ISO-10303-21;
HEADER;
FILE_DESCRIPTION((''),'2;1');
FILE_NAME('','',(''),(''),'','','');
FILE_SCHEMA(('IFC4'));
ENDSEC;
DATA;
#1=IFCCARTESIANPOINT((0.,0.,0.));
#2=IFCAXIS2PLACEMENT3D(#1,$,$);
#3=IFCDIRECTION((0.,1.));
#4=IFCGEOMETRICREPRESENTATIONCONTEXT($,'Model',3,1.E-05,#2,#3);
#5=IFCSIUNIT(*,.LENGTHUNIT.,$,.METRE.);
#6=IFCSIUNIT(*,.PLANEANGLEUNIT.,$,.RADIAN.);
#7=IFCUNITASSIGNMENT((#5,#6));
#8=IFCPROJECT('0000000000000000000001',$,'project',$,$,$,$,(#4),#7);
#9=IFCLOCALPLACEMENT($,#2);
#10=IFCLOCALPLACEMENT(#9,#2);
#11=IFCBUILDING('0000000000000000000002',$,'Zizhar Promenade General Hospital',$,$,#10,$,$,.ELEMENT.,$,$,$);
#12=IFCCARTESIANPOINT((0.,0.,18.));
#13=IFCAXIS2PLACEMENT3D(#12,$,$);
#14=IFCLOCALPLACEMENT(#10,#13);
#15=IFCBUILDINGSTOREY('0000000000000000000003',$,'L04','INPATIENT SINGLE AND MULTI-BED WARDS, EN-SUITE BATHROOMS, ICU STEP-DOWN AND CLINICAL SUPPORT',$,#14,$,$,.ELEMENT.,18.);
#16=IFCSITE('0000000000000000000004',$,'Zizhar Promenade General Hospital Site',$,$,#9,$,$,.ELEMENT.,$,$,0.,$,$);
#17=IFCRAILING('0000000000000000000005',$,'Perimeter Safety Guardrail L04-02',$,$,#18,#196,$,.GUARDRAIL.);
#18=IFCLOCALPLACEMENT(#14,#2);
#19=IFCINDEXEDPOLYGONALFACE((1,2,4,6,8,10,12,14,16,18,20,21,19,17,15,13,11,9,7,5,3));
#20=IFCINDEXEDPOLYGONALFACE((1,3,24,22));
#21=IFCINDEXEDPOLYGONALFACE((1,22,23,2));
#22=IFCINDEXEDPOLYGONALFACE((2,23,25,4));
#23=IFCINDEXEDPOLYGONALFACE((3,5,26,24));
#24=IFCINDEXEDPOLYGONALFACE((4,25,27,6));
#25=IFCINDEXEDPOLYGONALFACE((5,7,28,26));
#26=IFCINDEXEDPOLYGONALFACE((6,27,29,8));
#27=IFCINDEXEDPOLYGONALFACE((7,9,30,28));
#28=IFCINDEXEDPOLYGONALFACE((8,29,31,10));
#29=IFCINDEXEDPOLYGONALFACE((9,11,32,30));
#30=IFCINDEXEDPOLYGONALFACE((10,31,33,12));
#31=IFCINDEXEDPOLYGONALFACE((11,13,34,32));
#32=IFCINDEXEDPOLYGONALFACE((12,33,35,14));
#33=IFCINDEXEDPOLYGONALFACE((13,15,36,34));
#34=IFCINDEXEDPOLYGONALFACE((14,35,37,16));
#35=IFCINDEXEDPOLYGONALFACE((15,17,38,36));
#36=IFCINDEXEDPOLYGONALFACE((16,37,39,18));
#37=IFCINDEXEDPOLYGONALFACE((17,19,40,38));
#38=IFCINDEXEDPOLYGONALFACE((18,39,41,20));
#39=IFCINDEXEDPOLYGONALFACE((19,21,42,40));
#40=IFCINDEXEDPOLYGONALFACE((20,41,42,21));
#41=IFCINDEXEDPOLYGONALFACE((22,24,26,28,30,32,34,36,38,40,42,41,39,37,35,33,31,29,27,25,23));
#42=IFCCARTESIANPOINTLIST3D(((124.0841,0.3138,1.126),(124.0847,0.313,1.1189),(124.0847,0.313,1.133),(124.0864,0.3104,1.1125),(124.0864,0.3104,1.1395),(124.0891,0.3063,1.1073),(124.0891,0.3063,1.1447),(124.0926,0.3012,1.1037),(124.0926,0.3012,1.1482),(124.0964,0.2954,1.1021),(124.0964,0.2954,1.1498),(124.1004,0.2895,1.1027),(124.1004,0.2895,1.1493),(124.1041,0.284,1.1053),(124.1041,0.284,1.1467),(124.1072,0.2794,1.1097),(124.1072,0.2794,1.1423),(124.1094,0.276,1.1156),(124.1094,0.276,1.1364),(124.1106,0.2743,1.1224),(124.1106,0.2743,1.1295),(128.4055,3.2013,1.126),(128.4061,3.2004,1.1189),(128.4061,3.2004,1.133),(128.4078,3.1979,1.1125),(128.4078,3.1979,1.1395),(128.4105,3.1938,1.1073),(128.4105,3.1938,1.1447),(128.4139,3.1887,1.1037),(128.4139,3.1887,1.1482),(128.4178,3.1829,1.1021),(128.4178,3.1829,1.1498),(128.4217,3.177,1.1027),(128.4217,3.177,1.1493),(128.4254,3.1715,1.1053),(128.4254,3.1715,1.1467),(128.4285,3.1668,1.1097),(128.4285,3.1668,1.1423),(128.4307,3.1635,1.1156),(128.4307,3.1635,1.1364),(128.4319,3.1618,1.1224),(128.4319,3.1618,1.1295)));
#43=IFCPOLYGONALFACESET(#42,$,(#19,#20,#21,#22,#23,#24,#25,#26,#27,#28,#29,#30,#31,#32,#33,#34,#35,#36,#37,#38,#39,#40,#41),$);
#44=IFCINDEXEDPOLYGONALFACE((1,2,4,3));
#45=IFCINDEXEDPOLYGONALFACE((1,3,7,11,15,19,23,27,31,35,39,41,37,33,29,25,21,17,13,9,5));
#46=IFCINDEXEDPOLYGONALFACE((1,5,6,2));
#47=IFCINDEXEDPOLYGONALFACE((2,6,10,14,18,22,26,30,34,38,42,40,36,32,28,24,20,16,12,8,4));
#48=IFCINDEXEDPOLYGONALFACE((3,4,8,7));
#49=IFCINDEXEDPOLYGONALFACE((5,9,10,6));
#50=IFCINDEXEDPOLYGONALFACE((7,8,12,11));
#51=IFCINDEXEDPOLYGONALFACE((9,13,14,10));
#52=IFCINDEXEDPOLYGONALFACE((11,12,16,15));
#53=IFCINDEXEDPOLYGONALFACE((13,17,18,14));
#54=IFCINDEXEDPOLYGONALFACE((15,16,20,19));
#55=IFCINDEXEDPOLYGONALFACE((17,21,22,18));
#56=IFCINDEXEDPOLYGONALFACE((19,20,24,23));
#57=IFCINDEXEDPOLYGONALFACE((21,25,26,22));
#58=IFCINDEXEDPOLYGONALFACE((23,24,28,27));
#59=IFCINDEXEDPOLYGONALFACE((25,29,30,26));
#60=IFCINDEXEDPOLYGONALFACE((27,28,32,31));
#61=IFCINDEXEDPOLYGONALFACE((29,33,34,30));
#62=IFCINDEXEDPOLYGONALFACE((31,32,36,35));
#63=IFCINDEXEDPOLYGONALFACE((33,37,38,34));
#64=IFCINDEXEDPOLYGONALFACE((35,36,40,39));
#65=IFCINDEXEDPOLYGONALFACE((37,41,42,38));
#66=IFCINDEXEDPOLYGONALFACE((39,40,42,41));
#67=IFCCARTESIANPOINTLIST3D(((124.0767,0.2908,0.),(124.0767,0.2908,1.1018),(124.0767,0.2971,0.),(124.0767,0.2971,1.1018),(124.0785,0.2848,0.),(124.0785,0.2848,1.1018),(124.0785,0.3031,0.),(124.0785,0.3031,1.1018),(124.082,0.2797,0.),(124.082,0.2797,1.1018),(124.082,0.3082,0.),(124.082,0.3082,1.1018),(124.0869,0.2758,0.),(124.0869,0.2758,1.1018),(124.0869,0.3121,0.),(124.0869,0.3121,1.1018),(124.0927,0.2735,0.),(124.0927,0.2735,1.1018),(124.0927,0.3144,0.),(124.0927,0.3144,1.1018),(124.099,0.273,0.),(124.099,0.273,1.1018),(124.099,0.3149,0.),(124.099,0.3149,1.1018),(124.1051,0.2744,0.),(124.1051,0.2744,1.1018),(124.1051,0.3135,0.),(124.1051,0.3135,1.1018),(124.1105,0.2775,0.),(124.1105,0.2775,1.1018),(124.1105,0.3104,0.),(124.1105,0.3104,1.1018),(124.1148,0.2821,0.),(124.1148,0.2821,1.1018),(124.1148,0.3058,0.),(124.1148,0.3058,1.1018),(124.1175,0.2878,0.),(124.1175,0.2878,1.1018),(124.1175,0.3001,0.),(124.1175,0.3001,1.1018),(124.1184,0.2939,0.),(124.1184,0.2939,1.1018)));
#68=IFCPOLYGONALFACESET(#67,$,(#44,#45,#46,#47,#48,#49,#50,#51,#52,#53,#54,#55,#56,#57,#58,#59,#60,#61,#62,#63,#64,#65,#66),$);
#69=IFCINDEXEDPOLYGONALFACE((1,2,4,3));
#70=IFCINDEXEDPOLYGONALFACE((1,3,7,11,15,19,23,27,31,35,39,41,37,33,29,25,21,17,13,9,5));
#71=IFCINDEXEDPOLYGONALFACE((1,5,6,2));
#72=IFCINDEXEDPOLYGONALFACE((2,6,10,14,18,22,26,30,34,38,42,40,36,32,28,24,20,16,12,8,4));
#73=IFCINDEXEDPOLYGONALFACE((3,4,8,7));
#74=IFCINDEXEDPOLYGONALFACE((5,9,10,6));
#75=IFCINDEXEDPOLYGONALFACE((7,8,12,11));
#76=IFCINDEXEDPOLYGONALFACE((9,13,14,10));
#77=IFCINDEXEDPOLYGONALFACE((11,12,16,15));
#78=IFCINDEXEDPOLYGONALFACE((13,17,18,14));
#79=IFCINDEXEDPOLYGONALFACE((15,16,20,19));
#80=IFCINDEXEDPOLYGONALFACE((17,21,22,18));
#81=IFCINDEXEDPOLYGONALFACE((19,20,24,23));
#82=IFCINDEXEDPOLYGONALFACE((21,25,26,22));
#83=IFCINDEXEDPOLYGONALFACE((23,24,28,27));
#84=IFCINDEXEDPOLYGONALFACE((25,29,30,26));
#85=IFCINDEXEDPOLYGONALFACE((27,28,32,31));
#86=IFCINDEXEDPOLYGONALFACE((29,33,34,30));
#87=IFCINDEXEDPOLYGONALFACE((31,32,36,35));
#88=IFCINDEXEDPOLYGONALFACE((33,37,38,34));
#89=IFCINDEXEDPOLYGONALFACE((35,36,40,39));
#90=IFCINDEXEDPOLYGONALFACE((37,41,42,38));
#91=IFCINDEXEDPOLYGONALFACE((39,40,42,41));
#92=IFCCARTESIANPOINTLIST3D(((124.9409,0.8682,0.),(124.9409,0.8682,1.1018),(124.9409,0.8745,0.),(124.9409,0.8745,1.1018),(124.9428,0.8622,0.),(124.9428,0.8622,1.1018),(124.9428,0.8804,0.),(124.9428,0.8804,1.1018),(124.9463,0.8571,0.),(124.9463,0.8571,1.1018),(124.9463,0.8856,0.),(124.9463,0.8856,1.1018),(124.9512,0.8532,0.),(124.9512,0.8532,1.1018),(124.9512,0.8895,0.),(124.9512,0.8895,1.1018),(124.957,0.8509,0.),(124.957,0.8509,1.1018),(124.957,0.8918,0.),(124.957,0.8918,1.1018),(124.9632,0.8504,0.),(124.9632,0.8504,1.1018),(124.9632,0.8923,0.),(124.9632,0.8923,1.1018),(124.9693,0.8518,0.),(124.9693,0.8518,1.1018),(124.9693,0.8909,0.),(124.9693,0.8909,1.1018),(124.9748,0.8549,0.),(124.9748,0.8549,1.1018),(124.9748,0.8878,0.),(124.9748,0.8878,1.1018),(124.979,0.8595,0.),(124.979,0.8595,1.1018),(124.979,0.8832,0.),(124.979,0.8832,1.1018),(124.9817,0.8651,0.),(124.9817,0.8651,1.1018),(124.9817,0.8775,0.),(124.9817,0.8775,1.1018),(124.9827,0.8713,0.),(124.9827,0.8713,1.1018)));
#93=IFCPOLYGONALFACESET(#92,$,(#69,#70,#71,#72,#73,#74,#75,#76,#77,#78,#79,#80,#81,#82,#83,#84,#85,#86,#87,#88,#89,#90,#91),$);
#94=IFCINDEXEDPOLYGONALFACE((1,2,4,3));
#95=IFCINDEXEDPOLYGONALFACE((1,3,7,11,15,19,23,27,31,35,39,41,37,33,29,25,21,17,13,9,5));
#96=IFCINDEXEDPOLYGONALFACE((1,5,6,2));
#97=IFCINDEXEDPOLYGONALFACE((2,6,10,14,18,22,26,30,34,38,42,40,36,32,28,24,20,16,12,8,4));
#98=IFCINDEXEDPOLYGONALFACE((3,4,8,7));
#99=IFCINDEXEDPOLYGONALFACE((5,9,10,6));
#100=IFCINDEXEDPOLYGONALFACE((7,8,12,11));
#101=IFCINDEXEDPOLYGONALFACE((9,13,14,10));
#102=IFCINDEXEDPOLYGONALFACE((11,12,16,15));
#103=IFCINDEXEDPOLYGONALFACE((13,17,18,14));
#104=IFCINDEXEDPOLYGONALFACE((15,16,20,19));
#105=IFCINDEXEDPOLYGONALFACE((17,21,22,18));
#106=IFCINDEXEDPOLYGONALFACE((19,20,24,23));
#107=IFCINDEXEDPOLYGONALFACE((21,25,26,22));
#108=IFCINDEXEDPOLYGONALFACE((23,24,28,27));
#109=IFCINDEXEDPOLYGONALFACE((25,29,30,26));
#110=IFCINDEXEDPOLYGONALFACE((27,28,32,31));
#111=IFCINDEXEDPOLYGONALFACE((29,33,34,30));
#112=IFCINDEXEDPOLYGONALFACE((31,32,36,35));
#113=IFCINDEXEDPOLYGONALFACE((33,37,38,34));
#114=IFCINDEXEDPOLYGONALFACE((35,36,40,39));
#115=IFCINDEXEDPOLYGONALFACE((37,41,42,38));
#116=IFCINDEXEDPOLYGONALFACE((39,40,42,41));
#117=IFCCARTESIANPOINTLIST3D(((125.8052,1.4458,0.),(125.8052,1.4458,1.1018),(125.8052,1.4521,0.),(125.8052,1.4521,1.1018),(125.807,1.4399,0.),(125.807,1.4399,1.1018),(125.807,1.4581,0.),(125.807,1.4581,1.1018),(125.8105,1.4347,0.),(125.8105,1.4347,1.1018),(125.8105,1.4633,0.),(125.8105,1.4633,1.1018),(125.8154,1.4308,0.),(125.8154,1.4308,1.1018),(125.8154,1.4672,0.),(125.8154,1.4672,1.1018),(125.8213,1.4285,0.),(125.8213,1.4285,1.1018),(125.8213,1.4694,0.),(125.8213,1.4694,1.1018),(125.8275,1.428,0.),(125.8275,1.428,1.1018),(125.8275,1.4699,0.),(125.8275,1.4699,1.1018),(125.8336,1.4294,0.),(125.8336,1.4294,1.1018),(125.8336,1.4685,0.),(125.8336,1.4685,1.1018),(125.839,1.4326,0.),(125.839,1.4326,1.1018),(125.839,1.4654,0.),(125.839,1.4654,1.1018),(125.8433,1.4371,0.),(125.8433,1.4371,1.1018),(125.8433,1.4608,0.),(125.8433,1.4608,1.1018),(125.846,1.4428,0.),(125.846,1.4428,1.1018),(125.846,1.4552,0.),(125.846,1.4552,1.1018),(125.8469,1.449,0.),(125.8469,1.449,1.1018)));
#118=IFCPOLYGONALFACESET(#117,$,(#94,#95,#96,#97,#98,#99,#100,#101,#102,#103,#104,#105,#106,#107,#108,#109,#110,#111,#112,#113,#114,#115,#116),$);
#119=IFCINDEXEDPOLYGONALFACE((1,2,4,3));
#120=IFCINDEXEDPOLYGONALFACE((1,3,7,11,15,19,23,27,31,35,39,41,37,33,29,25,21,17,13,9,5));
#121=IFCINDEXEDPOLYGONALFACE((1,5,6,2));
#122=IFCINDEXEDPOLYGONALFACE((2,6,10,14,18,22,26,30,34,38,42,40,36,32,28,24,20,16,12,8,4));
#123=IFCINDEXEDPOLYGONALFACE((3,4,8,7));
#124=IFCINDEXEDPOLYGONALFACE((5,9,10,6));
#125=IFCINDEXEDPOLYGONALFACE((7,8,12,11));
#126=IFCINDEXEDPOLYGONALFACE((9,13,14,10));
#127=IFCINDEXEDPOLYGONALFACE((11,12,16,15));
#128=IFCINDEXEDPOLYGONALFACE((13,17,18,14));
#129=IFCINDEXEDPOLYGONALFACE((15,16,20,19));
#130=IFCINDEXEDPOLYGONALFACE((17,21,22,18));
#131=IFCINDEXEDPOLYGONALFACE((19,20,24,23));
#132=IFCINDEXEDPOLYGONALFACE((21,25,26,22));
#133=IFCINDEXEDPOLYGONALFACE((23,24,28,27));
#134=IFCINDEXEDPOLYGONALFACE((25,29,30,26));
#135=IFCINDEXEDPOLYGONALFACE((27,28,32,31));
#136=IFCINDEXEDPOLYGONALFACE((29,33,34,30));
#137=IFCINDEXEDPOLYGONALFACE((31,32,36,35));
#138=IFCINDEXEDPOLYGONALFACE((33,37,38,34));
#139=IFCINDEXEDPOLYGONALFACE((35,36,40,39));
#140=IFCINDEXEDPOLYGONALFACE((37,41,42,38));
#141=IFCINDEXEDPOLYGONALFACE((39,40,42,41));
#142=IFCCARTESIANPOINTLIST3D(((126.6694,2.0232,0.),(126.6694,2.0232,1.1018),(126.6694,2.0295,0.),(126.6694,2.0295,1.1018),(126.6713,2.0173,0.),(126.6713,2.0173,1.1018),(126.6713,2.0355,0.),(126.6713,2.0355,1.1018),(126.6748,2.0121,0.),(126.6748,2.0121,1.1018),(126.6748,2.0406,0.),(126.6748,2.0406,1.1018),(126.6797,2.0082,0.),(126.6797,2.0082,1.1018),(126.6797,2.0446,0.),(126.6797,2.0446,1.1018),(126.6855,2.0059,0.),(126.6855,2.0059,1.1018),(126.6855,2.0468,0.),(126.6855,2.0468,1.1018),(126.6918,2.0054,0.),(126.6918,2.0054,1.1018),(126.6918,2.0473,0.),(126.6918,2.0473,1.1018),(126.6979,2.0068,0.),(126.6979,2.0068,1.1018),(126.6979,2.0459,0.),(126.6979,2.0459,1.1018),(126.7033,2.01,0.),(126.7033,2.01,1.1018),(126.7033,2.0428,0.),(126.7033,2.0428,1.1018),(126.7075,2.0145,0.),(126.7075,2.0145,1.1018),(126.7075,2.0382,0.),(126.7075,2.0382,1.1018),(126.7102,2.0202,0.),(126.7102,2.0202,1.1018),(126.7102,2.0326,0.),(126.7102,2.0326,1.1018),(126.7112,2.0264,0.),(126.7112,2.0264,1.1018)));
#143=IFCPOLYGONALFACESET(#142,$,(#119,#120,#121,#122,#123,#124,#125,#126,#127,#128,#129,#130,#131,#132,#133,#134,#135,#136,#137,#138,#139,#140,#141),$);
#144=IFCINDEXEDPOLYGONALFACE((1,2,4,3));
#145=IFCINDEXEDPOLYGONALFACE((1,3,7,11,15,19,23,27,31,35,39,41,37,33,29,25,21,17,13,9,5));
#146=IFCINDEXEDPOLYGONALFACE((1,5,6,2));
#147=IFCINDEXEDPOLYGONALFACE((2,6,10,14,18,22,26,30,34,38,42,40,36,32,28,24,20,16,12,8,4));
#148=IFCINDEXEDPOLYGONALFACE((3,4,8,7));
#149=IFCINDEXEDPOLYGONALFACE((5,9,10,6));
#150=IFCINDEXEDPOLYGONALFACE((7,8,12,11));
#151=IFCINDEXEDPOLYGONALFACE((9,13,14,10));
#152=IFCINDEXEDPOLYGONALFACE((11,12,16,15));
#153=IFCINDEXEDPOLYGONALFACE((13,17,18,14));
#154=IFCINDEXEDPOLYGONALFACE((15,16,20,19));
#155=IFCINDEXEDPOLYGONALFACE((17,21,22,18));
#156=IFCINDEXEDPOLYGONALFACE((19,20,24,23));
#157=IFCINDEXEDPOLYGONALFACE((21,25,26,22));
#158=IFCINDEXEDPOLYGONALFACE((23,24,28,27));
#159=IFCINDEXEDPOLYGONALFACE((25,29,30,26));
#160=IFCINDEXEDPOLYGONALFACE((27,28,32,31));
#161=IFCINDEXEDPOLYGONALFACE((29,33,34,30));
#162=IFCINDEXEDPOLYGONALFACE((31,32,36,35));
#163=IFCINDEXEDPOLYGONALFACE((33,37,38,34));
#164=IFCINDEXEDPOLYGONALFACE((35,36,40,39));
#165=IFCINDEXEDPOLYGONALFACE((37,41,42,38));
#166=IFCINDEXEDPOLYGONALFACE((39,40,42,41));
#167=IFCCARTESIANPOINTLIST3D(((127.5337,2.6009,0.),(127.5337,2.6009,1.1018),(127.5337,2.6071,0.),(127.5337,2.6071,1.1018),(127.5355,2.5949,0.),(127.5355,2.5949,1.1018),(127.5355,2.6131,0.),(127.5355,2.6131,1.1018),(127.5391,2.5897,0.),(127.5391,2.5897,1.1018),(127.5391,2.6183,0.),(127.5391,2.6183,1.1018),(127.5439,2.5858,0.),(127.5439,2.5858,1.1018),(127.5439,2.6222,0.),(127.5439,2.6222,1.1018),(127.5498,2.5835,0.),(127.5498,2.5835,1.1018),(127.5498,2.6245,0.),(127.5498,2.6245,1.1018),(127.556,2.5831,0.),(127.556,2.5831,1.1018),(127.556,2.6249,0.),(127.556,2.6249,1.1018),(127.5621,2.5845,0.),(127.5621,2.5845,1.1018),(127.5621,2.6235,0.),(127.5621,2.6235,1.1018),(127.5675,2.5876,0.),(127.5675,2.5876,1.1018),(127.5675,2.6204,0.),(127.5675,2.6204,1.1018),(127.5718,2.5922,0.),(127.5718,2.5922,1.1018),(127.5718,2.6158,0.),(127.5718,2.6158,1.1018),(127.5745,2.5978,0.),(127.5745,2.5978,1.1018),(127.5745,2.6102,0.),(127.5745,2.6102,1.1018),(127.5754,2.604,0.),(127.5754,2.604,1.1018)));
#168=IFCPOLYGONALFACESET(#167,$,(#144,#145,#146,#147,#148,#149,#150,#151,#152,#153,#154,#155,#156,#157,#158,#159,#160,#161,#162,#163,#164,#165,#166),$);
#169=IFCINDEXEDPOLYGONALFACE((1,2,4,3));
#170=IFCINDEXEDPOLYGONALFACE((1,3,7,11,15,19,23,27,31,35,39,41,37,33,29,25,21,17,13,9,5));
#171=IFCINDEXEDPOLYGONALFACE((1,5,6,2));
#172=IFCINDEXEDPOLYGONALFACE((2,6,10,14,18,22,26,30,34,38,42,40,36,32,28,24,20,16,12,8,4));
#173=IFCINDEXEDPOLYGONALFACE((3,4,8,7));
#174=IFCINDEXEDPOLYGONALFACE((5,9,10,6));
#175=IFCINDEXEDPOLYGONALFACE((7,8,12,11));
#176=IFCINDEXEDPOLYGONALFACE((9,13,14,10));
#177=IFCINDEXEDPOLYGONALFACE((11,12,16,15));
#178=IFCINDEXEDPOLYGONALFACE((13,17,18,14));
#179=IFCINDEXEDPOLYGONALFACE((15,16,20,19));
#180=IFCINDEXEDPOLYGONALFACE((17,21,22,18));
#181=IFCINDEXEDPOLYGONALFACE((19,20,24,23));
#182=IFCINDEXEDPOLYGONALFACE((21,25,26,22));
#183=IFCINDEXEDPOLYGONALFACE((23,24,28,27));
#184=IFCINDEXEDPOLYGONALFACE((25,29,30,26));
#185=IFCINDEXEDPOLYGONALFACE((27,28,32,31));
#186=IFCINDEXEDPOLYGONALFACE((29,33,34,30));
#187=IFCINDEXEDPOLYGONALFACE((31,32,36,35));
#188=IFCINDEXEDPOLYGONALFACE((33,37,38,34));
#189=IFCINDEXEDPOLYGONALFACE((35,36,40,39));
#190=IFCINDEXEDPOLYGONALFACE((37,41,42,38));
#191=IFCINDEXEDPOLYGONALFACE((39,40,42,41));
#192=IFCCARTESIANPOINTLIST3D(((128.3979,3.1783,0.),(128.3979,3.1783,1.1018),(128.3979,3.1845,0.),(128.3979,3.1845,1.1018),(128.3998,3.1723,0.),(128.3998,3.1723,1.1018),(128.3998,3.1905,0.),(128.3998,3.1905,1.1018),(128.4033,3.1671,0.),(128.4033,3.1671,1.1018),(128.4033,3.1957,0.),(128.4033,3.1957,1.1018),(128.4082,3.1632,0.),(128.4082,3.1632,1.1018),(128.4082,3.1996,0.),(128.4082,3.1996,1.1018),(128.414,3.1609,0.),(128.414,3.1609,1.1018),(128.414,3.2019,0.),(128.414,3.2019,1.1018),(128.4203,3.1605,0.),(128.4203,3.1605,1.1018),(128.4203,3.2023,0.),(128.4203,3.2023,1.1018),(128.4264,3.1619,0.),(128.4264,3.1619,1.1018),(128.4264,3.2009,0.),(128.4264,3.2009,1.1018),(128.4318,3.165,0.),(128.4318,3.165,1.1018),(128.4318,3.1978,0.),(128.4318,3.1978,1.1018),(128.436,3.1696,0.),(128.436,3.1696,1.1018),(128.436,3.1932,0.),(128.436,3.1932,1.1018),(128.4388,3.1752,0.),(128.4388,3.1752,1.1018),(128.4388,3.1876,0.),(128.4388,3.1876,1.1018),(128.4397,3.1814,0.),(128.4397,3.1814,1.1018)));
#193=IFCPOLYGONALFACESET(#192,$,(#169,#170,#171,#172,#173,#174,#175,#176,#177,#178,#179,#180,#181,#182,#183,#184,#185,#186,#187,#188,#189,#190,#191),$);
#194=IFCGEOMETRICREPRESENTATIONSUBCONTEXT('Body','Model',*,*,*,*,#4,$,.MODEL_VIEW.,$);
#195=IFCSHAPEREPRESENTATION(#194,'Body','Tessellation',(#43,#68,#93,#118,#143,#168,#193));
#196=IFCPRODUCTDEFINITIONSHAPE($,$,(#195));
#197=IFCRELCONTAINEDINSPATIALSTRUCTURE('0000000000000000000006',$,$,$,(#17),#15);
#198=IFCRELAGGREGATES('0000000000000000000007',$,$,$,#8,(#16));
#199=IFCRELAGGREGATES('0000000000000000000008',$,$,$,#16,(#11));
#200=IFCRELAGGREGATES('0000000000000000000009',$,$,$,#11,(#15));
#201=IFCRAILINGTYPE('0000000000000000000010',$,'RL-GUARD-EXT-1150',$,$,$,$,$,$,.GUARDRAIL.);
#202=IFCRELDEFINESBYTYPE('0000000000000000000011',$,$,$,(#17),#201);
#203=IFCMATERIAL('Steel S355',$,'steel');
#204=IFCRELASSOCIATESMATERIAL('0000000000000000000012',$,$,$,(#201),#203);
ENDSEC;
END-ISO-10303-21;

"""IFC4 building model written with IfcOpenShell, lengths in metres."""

from ifc_helpers import new_model, si_unit, direction, frame, origin, origin_2d, place, context, subcontext, project, spatial, hollow_rectangle, circle, extrude, material, material_profile, profile_set, type_object, element, save


model = new_model("IFC4")

# Units and contexts
model_context = context("Model", 3, precision=1e-05, world=origin(), true_north=direction((0.0, 1.0)))
body_context = subcontext(model_context, "Body", "Model", "MODEL_VIEW")
ifc_project = project(units=[si_unit("LENGTHUNIT", "METRE"), si_unit("PLANEANGLEUNIT", "RADIAN")], contexts=[model_context])

# Site, building, storey
site_placement = place(None, origin())
site = spatial("IfcSite", under=ifc_project, at=site_placement, Name="Zizhar Promenade General Hospital Site", CompositionType="ELEMENT", RefElevation=0.0)
building_placement = place(site_placement, origin())
building = spatial("IfcBuilding", under=site, at=building_placement, Name="Zizhar Promenade General Hospital", CompositionType="ELEMENT")
storey_placement = place(building_placement, frame((0.0, 0.0, 18.0)))
storey = spatial("IfcBuildingStorey", under=building, at=storey_placement, Name="L04", Description="INPATIENT SINGLE AND MULTI-BED WARDS, EN-SUITE BATHROOMS, ICU STEP-DOWN AND CLINICAL SUPPORT", CompositionType="ELEMENT", Elevation=18.0)

# Railing
ifc_material_1 = material(Name="Steel S355", Category="steel")
ifc_material_profile_1 = material_profile(ifc_material_1, hollow_rectangle(XDim=0.0601, YDim=0.1201, WallThickness=0.0039, at=origin_2d()))
ifc_profile_set_1 = profile_set([ifc_material_profile_1], Name="Steel S355")
railing_type = type_object("IfcRailingType", Name="RL-GUARD-EXT-1150", PredefinedType="GUARDRAIL", material=ifc_profile_set_1)
railing_placement = place(storey_placement, frame((124.0974, 0.2939, 0.0)))
element("IfcRailing", 1, at=railing_placement, inside=storey, type_object=railing_type, Name="Perimeter Safety Guardrail L04-02", PredefinedType="GUARDRAIL", context=body_context, shape_type="SweptSolid", body=[
    extrude(circle(Radius=0.0239, at=origin_2d()), frame((0.0, 0.0, 1.126), z_axis=(0.831464, 0.555578, 0.0), x_axis=(-0.555578, 0.831464, 0.0)), (0.0, 0.0, 1.0), 5.1973),
    extrude(circle(Radius=0.021, at=origin_2d()), origin(), (0.0, 0.0, 1.0), 1.1018),
    extrude(circle(Radius=0.021, at=origin_2d()), frame((0.8643, 0.5774, 0.0)), (0.0, 0.0, 1.0), 1.1018),
    extrude(circle(Radius=0.021, at=origin_2d()), frame((1.7285, 1.155, 0.0)), (0.0, 0.0, 1.0), 1.1018),
    extrude(circle(Radius=0.021, at=origin_2d()), frame((2.5928, 1.7324, 0.0)), (0.0, 0.0, 1.0), 1.1018),
    extrude(circle(Radius=0.021, at=origin_2d()), frame((3.457, 2.3101, 0.0)), (0.0, 0.0, 1.0), 1.1018),
    extrude(circle(Radius=0.021, at=origin_2d()), frame((4.3213, 2.8875, 0.0)), (0.0, 0.0, 1.0), 1.1018),
])

save(model, "model.ifc")
